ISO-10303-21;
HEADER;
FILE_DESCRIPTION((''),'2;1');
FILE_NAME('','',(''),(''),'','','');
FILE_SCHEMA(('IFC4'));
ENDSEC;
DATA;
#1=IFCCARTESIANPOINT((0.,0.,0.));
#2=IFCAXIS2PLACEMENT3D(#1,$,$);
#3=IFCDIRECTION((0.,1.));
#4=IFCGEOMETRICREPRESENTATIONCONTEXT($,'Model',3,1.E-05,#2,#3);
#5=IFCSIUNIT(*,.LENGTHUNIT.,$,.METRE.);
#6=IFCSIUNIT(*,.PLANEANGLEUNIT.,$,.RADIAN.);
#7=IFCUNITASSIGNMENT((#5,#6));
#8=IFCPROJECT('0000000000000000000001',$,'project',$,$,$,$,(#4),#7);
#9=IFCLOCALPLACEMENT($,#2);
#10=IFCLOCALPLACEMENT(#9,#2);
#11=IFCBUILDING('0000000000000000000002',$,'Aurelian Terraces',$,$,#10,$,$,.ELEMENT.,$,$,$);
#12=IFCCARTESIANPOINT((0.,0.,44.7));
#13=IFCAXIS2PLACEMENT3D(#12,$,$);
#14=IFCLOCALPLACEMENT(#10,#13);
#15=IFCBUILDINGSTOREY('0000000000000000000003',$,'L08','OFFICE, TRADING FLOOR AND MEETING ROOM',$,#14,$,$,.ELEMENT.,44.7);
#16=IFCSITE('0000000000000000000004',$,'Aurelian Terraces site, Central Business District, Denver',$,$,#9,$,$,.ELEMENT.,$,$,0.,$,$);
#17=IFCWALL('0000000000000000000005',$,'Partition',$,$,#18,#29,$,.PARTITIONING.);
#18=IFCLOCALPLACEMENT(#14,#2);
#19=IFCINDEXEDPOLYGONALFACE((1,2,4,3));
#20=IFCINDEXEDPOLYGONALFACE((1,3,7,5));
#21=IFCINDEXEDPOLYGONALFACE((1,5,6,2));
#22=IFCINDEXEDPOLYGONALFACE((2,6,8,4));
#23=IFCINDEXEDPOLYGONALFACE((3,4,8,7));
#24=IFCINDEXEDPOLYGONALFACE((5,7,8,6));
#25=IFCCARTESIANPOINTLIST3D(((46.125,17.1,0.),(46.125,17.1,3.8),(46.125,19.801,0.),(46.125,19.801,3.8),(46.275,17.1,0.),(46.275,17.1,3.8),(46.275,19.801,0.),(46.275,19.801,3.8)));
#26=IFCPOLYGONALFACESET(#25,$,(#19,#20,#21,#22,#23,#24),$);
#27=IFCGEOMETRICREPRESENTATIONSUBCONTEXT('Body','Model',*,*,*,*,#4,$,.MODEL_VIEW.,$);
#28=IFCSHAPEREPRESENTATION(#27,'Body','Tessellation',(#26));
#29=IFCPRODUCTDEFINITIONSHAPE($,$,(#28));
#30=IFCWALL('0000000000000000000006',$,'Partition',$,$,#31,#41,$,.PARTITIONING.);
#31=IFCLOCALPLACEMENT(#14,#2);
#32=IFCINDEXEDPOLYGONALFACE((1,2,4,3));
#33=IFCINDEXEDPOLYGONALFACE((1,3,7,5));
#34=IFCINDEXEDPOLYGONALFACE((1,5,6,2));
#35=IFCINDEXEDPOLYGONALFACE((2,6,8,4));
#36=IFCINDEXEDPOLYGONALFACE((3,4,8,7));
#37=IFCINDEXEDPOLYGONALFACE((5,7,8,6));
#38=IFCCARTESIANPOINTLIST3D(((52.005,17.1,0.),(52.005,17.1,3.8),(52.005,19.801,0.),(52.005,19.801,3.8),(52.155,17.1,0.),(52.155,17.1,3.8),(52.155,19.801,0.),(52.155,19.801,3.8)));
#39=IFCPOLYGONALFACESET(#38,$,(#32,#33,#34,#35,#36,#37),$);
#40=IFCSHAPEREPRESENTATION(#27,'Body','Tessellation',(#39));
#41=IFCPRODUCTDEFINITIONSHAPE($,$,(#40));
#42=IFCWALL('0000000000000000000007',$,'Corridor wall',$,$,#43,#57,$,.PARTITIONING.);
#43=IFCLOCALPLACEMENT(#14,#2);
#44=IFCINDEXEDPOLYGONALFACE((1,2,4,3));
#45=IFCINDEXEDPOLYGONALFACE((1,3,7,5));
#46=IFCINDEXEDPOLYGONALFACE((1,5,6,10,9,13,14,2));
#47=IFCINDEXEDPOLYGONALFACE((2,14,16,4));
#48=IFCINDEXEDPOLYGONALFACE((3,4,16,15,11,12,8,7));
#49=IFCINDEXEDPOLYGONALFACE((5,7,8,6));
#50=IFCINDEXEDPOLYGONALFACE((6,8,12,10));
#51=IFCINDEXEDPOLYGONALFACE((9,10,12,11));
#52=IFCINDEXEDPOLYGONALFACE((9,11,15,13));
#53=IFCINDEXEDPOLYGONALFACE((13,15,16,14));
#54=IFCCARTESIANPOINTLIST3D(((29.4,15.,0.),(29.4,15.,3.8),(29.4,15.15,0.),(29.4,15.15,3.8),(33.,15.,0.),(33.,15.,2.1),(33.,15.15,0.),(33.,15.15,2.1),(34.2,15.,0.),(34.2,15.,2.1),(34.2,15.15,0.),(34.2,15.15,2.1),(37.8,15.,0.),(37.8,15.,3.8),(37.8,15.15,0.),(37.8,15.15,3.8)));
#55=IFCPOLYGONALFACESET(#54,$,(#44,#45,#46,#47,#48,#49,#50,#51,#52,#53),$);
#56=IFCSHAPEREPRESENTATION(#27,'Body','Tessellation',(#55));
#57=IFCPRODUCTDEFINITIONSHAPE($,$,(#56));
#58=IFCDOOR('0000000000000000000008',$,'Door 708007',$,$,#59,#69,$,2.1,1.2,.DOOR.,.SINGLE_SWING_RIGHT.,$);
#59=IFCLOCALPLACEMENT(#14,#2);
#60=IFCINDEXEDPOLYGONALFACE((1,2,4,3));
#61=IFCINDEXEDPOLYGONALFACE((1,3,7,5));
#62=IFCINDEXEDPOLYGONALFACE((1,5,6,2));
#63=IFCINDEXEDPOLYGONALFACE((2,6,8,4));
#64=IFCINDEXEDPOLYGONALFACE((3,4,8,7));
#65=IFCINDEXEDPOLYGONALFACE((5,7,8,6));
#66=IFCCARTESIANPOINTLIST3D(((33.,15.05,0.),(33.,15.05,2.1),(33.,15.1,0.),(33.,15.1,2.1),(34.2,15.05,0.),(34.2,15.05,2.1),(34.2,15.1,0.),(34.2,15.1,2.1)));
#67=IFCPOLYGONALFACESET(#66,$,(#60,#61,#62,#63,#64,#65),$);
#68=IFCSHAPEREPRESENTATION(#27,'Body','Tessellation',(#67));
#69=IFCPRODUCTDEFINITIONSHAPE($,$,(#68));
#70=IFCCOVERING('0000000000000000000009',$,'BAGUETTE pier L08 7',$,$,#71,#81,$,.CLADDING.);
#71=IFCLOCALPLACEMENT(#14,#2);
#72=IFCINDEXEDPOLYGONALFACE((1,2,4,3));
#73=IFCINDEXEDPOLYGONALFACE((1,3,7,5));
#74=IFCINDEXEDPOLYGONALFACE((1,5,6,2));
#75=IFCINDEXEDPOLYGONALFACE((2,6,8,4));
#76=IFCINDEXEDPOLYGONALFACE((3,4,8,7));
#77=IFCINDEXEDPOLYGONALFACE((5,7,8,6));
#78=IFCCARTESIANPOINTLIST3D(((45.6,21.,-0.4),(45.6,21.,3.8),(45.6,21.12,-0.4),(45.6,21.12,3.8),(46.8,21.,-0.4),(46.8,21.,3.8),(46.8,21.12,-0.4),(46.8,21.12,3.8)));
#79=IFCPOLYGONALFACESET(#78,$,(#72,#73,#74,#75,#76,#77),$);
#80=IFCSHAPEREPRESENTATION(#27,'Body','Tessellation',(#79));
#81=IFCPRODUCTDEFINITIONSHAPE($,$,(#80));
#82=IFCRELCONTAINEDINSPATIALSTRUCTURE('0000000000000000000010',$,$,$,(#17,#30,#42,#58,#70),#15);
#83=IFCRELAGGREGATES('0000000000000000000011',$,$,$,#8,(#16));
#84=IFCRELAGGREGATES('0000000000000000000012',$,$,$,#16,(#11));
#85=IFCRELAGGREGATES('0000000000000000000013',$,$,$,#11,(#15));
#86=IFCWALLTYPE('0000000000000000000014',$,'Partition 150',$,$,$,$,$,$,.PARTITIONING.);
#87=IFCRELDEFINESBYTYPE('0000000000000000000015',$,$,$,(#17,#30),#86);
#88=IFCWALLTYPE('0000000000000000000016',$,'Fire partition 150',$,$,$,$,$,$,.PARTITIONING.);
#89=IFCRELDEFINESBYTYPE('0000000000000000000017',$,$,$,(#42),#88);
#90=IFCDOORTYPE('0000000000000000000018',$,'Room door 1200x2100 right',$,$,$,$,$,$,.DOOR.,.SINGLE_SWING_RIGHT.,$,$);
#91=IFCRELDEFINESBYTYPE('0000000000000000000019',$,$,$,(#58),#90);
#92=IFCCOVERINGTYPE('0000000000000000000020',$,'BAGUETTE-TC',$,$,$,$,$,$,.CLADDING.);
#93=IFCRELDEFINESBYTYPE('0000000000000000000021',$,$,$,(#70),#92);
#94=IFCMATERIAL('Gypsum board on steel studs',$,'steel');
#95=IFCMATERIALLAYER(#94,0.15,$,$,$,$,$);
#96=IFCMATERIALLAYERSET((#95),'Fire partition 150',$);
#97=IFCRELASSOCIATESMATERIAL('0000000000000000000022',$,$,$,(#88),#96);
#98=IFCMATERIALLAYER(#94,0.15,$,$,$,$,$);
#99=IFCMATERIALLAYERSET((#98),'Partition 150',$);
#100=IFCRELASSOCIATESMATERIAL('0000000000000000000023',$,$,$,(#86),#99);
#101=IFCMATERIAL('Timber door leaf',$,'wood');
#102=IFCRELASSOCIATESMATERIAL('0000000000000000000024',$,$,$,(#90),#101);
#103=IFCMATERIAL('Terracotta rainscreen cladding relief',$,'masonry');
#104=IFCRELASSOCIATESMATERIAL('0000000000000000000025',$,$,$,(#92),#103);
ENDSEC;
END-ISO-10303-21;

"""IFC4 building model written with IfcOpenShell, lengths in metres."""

from ifc_helpers import new_model, si_unit, direction, frame, frame_2d, origin, origin_2d, place, context, subcontext, project, spatial, rectangle, extrude, source, transform, mapped, material, layer, layer_set, type_object, element, fill, save


model = new_model("IFC4")

# Units and contexts
model_context = context("Model", 3, precision=1e-05, world=origin(), true_north=direction((0.0, 1.0)))
body_context = subcontext(model_context, "Body", "Model", "MODEL_VIEW")
ifc_project = project(units=[si_unit("LENGTHUNIT", "METRE"), si_unit("PLANEANGLEUNIT", "RADIAN")], contexts=[model_context])

# Site, building, storey
site_placement = place(None, origin())
site = spatial("IfcSite", under=ifc_project, at=site_placement, Name="Aurelian Terraces site, Central Business District, Denver", CompositionType="ELEMENT", RefElevation=0.0)
building_placement = place(site_placement, origin())
building = spatial("IfcBuilding", under=site, at=building_placement, Name="Aurelian Terraces", CompositionType="ELEMENT")
storey_placement = place(building_placement, frame((0.0, 0.0, 44.7)))
storey = spatial("IfcBuildingStorey", under=building, at=storey_placement, Name="L08", Description="OFFICE, TRADING FLOOR AND MEETING ROOM", CompositionType="ELEMENT", Elevation=44.7)

# Shared definitions
ifc_material_1 = material(Name="Gypsum board on steel studs", Category="steel")
ifc_layer_1 = layer(ifc_material_1, 0.15)
ifc_layer_set_1 = layer_set([ifc_layer_1], Name="Fire partition 150")
wall_type_1 = type_object("IfcWallType", Name="Fire partition 150", PredefinedType="PARTITIONING", material=ifc_layer_set_1)
ifc_material_2 = material(Name="Timber door leaf", Category="wood")

# Walls
ifc_layer_2 = layer(ifc_material_1, 0.15)
ifc_layer_set_2 = layer_set([ifc_layer_2], Name="Partition 150")
wall_type_2 = type_object("IfcWallType", Name="Partition 150", PredefinedType="PARTITIONING", material=ifc_layer_set_2)
shared_shape_1 = source(origin(), body_context, "Body", "SweptSolid", [
    extrude(rectangle(XDim=2.701, YDim=0.15, at=frame_2d((1.3505, 0.0))), origin(), (0.0, 0.0, 1.0), 3.8),
])
for number, where, z_axis, x_axis, name in (
    (1, (46.2, 17.1, 0.0), (0.0, 0.0, 1.0), (0.0, 1.0, 0.0), "Partition"),
    (2, (52.08, 17.1, 0.0), (0.0, 0.0, 1.0), (0.0, 1.0, 0.0), "Partition"),
):
    element("IfcWall", number, at=place(storey_placement, frame(where, z_axis=z_axis, x_axis=x_axis)), inside=storey, type_object=wall_type_2, Name=name, PredefinedType="PARTITIONING", context=body_context, shape_type="MappedRepresentation", body=[
        mapped(shared_shape_1, transform((0.0, 0.0, 0.0), scale=1.0)),
    ])

# Wall, opening, door
shared_shape_2 = source(origin(), body_context, "Body", "SweptSolid", [
    extrude(rectangle(XDim=8.4, YDim=0.15, at=frame_2d((4.2, 0.0))), origin(), (0.0, 0.0, 1.0), 3.8),
])
wall_1_placement = place(storey_placement, frame((37.8, 15.075, 0.0), z_axis=(0.0, 0.0, 1.0), x_axis=(-1.0, 0.0, 0.0)))
wall_1 = element("IfcWall", 3, at=wall_1_placement, inside=storey, type_object=wall_type_1, Name="Corridor wall", PredefinedType="PARTITIONING", context=body_context, shape_type="MappedRepresentation", body=[
    mapped(shared_shape_2, transform((0.0, 0.0, 0.0), scale=1.0)),
])
shared_shape_3 = source(origin(), body_context, "Body", "SweptSolid", [
    extrude(rectangle(XDim=1.2, YDim=2.1, at=frame_2d((0.6, 1.05))), frame((0.0, 0.085, 0.0), z_axis=(0.0, -1.0, 0.0), x_axis=(1.0, 0.0, 0.0)), (0.0, 0.0, 1.0), 0.17),
])
opening_1_placement = place(wall_1_placement, frame((3.6, 0.0, 0.0)))
opening_1 = element("IfcOpeningElement", 4, at=opening_1_placement, cuts=wall_1, PredefinedType="OPENING", context=body_context, shape_type="MappedRepresentation", body=[
    mapped(shared_shape_3, transform((0.0, 0.0, 0.0), scale=1.0)),
])
door_type_1 = type_object("IfcDoorType", Name="Room door 1200x2100 right", OperationType="SINGLE_SWING_RIGHT", PredefinedType="DOOR", material=ifc_material_2)
shared_shape_4 = source(origin(), body_context, "Body", "SweptSolid", [
    extrude(rectangle(XDim=1.2, YDim=2.1, at=frame_2d((0.6, 1.05))), frame((0.0, 0.025, 0.0), z_axis=(0.0, -1.0, 0.0), x_axis=(1.0, 0.0, 0.0)), (0.0, 0.0, 1.0), 0.05),
])
door_1_placement = place(opening_1_placement, origin())
door_1 = element("IfcDoor", 5, at=door_1_placement, inside=storey, type_object=door_type_1, Name="Door 708007", OperationType="SINGLE_SWING_RIGHT", OverallHeight=2.1, OverallWidth=1.2, PredefinedType="DOOR", context=body_context, shape_type="MappedRepresentation", body=[
    mapped(shared_shape_4, transform((0.0, 0.0, 0.0), scale=1.0)),
])
fill(opening_1, door_1)

# Covering
ifc_material_3 = material(Name="Terracotta rainscreen cladding relief", Category="masonry")
covering_type = type_object("IfcCoveringType", Name="BAGUETTE-TC", PredefinedType="CLADDING", material=ifc_material_3)
shared_shape_5 = source(origin(), body_context, "Body", "SweptSolid", [
    extrude(rectangle(XDim=1.2, YDim=0.12, at=origin_2d()), origin(), (0.0, 0.0, 1.0), 4.2),
])
covering_placement = place(storey_placement, frame((46.2, 21.06, -0.4), z_axis=(0.0, 0.0, 1.0), x_axis=(1.0, 0.0, 0.0)))
element("IfcCovering", 6, at=covering_placement, inside=storey, type_object=covering_type, Name="BAGUETTE pier L08 7", PredefinedType="CLADDING", context=body_context, shape_type="MappedRepresentation", body=[
    mapped(shared_shape_5, transform((0.0, 0.0, 0.0), scale=1.0)),
])

save(model, "model.ifc")
